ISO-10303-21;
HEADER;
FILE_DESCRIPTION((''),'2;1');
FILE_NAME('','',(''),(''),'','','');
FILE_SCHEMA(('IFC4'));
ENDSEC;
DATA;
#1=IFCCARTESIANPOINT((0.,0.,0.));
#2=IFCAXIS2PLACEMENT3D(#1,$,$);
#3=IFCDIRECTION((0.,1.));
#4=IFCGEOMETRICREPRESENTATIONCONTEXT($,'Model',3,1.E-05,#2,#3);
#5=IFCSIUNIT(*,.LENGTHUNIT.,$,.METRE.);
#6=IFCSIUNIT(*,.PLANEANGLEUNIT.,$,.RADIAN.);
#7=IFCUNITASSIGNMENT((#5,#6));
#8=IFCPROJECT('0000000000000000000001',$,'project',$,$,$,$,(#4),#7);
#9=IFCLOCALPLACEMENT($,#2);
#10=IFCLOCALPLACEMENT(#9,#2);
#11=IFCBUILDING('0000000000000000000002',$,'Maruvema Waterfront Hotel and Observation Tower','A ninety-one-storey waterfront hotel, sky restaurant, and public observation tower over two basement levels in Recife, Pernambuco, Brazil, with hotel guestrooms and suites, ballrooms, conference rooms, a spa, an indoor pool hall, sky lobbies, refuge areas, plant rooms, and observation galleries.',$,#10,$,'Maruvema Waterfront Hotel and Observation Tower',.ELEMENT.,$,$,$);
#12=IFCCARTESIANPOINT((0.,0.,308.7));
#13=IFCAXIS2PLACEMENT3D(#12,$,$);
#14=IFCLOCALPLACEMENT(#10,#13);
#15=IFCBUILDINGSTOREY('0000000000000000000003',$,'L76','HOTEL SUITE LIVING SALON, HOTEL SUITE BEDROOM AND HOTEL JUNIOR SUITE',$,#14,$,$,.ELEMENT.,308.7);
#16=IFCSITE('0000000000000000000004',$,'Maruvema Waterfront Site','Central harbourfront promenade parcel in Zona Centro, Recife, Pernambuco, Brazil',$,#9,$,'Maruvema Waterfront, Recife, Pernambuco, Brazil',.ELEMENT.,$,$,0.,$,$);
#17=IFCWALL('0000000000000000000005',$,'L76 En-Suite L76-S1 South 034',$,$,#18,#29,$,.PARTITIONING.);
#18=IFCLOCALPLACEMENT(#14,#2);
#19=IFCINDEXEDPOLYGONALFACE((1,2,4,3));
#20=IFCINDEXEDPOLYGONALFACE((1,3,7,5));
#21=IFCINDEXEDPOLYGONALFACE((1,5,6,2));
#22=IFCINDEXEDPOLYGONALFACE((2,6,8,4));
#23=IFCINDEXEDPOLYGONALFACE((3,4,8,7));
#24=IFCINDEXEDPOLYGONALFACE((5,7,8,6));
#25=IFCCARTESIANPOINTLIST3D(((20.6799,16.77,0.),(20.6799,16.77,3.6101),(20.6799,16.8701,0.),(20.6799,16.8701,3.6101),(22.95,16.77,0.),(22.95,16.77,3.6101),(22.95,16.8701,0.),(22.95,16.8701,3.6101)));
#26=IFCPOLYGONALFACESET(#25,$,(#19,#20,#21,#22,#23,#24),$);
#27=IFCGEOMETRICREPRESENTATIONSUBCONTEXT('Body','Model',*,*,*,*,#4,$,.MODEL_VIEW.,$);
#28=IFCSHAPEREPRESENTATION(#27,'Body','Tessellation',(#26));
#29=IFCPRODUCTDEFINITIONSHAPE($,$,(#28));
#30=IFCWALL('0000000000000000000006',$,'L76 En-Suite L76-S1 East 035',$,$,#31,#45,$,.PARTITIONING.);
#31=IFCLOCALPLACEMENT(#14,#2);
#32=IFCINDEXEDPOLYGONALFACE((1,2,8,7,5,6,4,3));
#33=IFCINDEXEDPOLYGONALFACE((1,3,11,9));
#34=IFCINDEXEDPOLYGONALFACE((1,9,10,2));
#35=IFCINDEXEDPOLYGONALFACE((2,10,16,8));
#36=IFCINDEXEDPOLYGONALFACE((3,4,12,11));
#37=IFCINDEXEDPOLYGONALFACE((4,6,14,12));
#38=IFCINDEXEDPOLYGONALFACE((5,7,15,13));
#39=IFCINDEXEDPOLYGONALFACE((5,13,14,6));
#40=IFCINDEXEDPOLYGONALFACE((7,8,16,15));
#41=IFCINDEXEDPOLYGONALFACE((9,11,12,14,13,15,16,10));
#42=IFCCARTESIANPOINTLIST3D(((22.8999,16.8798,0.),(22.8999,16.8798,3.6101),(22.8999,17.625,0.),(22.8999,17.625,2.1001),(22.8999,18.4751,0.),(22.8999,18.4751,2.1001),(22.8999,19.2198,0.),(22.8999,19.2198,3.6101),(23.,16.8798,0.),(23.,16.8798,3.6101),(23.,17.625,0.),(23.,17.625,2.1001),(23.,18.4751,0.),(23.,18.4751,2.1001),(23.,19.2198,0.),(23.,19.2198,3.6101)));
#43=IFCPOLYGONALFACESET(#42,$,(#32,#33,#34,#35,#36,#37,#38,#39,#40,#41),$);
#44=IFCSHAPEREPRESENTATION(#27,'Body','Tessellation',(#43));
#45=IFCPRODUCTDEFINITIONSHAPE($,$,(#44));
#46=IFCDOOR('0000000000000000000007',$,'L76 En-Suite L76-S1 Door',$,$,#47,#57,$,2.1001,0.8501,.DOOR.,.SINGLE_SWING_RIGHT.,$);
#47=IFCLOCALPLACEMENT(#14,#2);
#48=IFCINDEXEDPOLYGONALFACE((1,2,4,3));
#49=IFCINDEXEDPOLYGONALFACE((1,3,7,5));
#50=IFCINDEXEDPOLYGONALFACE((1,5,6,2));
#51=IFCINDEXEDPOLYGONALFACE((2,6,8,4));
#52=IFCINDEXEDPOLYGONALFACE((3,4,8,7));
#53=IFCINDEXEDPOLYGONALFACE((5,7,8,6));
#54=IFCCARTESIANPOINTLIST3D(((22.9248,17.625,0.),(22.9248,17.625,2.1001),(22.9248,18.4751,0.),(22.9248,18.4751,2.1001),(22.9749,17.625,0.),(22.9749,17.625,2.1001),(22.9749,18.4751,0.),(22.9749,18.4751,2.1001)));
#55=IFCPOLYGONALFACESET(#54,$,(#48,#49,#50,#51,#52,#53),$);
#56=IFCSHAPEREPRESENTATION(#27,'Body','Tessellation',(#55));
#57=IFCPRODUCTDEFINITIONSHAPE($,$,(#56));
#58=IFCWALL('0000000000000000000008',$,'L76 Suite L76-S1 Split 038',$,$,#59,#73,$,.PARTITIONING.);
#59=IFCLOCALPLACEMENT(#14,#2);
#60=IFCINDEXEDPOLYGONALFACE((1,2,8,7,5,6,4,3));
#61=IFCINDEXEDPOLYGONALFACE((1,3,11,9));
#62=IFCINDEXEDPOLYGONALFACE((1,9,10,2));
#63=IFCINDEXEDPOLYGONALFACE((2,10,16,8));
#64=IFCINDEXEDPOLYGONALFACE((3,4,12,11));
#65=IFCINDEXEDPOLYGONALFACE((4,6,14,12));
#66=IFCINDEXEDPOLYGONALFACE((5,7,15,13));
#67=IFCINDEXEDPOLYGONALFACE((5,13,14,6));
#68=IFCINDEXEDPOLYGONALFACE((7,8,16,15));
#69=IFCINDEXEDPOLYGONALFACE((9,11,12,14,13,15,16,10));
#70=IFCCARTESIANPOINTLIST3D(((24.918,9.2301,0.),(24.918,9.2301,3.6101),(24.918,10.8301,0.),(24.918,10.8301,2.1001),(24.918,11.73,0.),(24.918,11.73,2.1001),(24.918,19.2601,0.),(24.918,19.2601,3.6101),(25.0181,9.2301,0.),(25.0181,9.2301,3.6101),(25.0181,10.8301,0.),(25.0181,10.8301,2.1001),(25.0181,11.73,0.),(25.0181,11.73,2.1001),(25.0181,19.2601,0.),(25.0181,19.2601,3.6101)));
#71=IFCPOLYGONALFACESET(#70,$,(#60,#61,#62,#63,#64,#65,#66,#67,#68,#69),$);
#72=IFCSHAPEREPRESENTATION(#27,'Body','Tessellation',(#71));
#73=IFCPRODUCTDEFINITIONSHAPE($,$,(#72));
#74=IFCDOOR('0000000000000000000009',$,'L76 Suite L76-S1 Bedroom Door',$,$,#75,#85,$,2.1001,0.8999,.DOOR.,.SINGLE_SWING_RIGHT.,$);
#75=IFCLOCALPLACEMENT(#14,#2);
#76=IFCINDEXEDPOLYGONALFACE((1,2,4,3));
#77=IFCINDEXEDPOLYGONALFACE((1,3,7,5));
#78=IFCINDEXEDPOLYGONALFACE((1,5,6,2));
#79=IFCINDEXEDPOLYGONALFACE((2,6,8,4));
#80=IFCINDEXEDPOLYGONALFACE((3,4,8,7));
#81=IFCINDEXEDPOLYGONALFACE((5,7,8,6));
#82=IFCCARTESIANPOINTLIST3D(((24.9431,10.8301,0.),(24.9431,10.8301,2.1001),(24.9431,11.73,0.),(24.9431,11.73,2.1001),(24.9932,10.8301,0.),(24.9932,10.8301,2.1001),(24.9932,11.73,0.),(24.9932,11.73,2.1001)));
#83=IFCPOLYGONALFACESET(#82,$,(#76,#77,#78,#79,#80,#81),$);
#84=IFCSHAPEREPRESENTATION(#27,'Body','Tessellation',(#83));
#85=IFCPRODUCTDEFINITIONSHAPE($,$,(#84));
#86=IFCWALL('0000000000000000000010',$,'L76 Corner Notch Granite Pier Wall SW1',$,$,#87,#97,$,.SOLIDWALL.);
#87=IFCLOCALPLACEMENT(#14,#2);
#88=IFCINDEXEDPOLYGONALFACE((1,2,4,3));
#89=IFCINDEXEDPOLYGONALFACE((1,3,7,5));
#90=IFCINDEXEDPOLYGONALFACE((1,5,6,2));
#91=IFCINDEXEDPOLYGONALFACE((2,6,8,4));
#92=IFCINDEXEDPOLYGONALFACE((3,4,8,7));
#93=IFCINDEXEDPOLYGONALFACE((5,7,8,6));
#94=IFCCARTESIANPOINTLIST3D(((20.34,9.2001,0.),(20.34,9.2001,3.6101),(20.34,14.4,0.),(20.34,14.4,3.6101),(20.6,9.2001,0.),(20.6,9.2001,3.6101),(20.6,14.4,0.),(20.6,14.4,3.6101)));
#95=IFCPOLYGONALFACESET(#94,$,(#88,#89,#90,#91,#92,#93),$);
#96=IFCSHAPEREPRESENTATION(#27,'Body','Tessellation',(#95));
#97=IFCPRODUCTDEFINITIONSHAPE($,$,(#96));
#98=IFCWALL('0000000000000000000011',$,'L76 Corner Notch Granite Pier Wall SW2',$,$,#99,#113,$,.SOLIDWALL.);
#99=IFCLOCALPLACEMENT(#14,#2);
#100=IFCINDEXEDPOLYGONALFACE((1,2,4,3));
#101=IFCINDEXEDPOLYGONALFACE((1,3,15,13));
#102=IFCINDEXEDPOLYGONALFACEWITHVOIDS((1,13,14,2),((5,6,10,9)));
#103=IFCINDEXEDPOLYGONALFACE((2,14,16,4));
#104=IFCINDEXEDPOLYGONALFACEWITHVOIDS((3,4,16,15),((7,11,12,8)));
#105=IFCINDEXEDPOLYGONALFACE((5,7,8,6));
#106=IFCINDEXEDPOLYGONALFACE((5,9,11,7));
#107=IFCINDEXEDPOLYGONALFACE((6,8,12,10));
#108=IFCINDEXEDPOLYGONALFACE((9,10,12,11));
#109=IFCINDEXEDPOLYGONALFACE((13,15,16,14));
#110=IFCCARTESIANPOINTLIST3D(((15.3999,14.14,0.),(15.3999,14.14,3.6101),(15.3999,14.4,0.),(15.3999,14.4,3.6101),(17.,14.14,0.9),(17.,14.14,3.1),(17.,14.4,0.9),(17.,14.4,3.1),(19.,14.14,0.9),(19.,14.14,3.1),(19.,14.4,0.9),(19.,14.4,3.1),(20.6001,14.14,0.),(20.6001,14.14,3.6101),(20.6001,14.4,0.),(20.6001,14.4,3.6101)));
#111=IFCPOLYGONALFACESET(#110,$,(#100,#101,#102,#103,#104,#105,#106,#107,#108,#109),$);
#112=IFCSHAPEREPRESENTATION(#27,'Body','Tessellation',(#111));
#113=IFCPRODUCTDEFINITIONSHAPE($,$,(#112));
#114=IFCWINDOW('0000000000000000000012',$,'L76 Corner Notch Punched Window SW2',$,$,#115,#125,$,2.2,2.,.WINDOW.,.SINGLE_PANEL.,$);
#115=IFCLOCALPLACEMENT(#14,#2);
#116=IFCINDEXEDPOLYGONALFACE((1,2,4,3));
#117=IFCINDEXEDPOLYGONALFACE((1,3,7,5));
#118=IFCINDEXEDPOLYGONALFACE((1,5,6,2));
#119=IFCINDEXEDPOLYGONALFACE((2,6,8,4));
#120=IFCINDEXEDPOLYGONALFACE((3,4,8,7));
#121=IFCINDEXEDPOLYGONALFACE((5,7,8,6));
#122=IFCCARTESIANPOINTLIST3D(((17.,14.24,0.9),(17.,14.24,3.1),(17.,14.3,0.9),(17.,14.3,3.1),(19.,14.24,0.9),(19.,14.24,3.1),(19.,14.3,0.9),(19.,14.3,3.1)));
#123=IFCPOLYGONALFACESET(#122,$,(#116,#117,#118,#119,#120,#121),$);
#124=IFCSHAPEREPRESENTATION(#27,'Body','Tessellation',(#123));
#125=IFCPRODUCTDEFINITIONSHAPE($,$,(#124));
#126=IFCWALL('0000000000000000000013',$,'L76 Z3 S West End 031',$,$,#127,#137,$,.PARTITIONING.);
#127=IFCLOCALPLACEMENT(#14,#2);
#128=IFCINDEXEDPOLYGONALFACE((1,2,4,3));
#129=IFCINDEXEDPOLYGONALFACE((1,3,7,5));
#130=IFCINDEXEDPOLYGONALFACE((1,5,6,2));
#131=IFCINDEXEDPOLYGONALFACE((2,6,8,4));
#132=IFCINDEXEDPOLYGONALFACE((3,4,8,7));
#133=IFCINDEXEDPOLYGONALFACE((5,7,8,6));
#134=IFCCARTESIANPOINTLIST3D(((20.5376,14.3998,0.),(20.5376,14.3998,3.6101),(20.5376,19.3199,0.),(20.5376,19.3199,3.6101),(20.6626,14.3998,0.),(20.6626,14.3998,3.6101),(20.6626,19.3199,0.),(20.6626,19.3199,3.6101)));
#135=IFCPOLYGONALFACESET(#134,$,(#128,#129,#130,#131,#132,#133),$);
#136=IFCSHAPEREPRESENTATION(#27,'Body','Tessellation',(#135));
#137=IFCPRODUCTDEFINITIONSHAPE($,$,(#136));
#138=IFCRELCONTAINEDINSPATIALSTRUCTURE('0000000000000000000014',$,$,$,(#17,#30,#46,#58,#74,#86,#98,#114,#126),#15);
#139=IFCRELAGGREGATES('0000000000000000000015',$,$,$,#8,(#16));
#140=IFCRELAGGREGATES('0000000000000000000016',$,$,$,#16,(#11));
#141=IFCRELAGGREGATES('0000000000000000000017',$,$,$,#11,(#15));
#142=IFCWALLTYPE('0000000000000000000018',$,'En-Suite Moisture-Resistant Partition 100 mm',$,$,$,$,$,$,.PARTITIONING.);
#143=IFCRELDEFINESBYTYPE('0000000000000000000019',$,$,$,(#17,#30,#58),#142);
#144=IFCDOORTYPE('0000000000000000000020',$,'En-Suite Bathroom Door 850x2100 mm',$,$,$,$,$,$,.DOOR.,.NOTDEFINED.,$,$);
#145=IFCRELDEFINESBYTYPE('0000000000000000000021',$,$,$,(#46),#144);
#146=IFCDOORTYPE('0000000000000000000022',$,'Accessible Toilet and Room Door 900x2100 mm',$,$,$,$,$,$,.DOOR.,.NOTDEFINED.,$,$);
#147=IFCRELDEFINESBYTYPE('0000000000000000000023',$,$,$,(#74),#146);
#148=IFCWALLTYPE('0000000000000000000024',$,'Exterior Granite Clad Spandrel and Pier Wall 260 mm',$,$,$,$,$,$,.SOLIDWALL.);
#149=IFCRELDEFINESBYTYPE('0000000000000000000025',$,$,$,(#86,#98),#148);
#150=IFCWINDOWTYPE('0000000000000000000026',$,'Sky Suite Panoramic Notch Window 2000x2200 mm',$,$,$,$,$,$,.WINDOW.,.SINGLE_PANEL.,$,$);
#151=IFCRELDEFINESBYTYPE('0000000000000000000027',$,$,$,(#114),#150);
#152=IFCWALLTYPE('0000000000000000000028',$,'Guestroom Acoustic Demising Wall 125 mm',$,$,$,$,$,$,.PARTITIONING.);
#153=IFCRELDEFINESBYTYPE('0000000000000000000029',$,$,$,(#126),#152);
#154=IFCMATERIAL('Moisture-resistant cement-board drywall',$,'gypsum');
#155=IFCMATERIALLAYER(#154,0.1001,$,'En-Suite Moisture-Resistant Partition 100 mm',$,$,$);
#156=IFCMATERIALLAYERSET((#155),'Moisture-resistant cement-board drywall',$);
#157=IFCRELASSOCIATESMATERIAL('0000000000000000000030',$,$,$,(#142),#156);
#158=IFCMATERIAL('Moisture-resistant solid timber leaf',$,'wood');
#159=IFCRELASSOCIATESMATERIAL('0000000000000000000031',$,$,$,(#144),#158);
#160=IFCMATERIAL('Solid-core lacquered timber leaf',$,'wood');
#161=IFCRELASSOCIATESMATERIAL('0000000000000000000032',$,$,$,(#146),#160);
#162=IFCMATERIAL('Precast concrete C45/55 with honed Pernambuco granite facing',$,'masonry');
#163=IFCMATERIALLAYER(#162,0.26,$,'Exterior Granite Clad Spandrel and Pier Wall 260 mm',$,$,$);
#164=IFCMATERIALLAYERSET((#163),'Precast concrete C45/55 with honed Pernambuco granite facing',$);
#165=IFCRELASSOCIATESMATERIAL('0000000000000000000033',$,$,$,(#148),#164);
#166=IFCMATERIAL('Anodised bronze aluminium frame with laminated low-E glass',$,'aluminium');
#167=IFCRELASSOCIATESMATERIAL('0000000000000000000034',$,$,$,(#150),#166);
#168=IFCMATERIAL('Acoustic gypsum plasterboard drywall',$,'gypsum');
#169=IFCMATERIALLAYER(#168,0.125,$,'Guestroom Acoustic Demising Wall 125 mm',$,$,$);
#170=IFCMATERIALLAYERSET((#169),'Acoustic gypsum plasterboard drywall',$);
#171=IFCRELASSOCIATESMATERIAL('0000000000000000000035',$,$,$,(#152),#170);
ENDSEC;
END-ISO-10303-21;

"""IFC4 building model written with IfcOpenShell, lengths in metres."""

from ifc_helpers import new_model, si_unit, direction, frame, frame_2d, origin, place, context, subcontext, project, spatial, rectangle, extrude, material, layer, layer_set, type_object, element, fill, save


model = new_model("IFC4")

# Units and contexts
model_context = context("Model", 3, precision=1e-05, world=origin(), true_north=direction((0.0, 1.0)))
body_context = subcontext(model_context, "Body", "Model", "MODEL_VIEW")
ifc_project = project(units=[si_unit("LENGTHUNIT", "METRE"), si_unit("PLANEANGLEUNIT", "RADIAN")], contexts=[model_context])

# Site, building, storey
site_placement = place(None, origin())
site = spatial("IfcSite", under=ifc_project, at=site_placement, Name="Maruvema Waterfront Site", Description="Central harbourfront promenade parcel in Zona Centro, Recife, Pernambuco, Brazil", LongName="Maruvema Waterfront, Recife, Pernambuco, Brazil", CompositionType="ELEMENT", RefElevation=0.0)
building_placement = place(site_placement, origin())
building = spatial("IfcBuilding", under=site, at=building_placement, Name="Maruvema Waterfront Hotel and Observation Tower", Description="A ninety-one-storey waterfront hotel, sky restaurant, and public observation tower over two basement levels in Recife, Pernambuco, Brazil, with hotel guestrooms and suites, ballrooms, conference rooms, a spa, an indoor pool hall, sky lobbies, refuge areas, plant rooms, and observation galleries.", LongName="Maruvema Waterfront Hotel and Observation Tower", CompositionType="ELEMENT")
storey_placement = place(building_placement, frame((0.0, 0.0, 308.7)))
storey = spatial("IfcBuildingStorey", under=building, at=storey_placement, Name="L76", Description="HOTEL SUITE LIVING SALON, HOTEL SUITE BEDROOM AND HOTEL JUNIOR SUITE", CompositionType="ELEMENT", Elevation=308.7)

# Wall
ifc_material_1 = material(Name="Moisture-resistant cement-board drywall", Category="gypsum")
ifc_layer_1 = layer(ifc_material_1, 0.1001, Name="En-Suite Moisture-Resistant Partition 100 mm")
ifc_layer_set_1 = layer_set([ifc_layer_1], Name="Moisture-resistant cement-board drywall")
wall_type_1 = type_object("IfcWallType", Name="En-Suite Moisture-Resistant Partition 100 mm", PredefinedType="PARTITIONING", material=ifc_layer_set_1)
wall_1_placement = place(storey_placement, frame((20.6799, 16.8201, 0.0), z_axis=(0.0, 0.0, 1.0), x_axis=(1.0, 0.0, 0.0)))
element("IfcWall", 1, at=wall_1_placement, inside=storey, type_object=wall_type_1, Name="L76 En-Suite L76-S1 South 034", PredefinedType="PARTITIONING", context=body_context, shape_type="SweptSolid", body=[
    extrude(rectangle(XDim=2.27, YDim=0.1001, at=frame_2d((1.135, 0.0))), origin(), (0.0, 0.0, 1.0), 3.6101),
])

# Walls, openings, doors
wall_2_placement = place(storey_placement, frame((22.95, 16.8799, 0.0), z_axis=(0.0, 0.0, 1.0), x_axis=(0.0, 1.0, 0.0)))
wall_2 = element("IfcWall", 2, at=wall_2_placement, inside=storey, type_object=wall_type_1, Name="L76 En-Suite L76-S1 East 035", PredefinedType="PARTITIONING", context=body_context, shape_type="SweptSolid", body=[
    extrude(rectangle(XDim=2.3401, YDim=0.1001, at=frame_2d((1.1699, 0.0))), origin(), (0.0, 0.0, 1.0), 3.6101),
])
opening_1_placement = place(wall_2_placement, frame((0.7451, 0.0, 0.0)))
opening_1 = element("IfcOpeningElement", 3, at=opening_1_placement, cuts=wall_2, PredefinedType="OPENING", context=body_context, shape_type="SweptSolid", body=[
    extrude(rectangle(XDim=0.8501, YDim=2.1001, at=frame_2d((0.425, 1.05))), frame((0.0, 0.0601, 0.0), z_axis=(0.0, -1.0, 0.0), x_axis=(1.0, 0.0, 0.0)), (0.0, 0.0, 1.0), 0.1201),
])
ifc_material_2 = material(Name="Moisture-resistant solid timber leaf", Category="wood")
door_type_1 = type_object("IfcDoorType", Name="En-Suite Bathroom Door 850x2100 mm", OperationType="NOTDEFINED", PredefinedType="DOOR", material=ifc_material_2)
door_1_placement = place(opening_1_placement, frame((0.8501, 0.0, 0.0), z_axis=(0.0, 0.0, 1.0), x_axis=(-1.0, 0.0, 0.0)))
door_1 = element("IfcDoor", 4, at=door_1_placement, inside=storey, type_object=door_type_1, Name="L76 En-Suite L76-S1 Door", OperationType="SINGLE_SWING_RIGHT", OverallHeight=2.1001, OverallWidth=0.8501, PredefinedType="DOOR", context=body_context, shape_type="SweptSolid", body=[
    extrude(rectangle(XDim=0.8501, YDim=2.1001, at=frame_2d((0.425, 1.05))), frame((0.0, 0.0249, 0.0), z_axis=(0.0, -1.0, 0.0), x_axis=(1.0, 0.0, 0.0)), (0.0, 0.0, 1.0), 0.05),
])
fill(opening_1, door_1)
wall_3_placement = place(storey_placement, frame((24.968, 9.23, 0.0), z_axis=(0.0, 0.0, 1.0), x_axis=(0.0, 1.0, 0.0)))
wall_3 = element("IfcWall", 5, at=wall_3_placement, inside=storey, type_object=wall_type_1, Name="L76 Suite L76-S1 Split 038", PredefinedType="PARTITIONING", context=body_context, shape_type="SweptSolid", body=[
    extrude(rectangle(XDim=10.03, YDim=0.1001, at=frame_2d((5.0151, 0.0))), origin(), (0.0, 0.0, 1.0), 3.6101),
])
opening_2_placement = place(wall_3_placement, frame((1.6001, 0.0, 0.0)))
opening_2 = element("IfcOpeningElement", 6, at=opening_2_placement, cuts=wall_3, PredefinedType="OPENING", context=body_context, shape_type="SweptSolid", body=[
    extrude(rectangle(XDim=0.8999, YDim=2.1001, at=frame_2d((0.45, 1.05))), frame((0.0, 0.0601, 0.0), z_axis=(0.0, -1.0, 0.0), x_axis=(1.0, 0.0, 0.0)), (0.0, 0.0, 1.0), 0.1201),
])
ifc_material_3 = material(Name="Solid-core lacquered timber leaf", Category="wood")
door_type_2 = type_object("IfcDoorType", Name="Accessible Toilet and Room Door 900x2100 mm", OperationType="NOTDEFINED", PredefinedType="DOOR", material=ifc_material_3)
door_2_placement = place(opening_2_placement, origin())
door_2 = element("IfcDoor", 7, at=door_2_placement, inside=storey, type_object=door_type_2, Name="L76 Suite L76-S1 Bedroom Door", OperationType="SINGLE_SWING_RIGHT", OverallHeight=2.1001, OverallWidth=0.8999, PredefinedType="DOOR", context=body_context, shape_type="SweptSolid", body=[
    extrude(rectangle(XDim=0.8999, YDim=2.1001, at=frame_2d((0.45, 1.05))), frame((0.0, 0.0249, 0.0), z_axis=(0.0, -1.0, 0.0), x_axis=(1.0, 0.0, 0.0)), (0.0, 0.0, 1.0), 0.05),
])
fill(opening_2, door_2)

# Wall
ifc_material_4 = material(Name="Precast concrete C45/55 with honed Pernambuco granite facing", Category="masonry")
ifc_layer_2 = layer(ifc_material_4, 0.26, Name="Exterior Granite Clad Spandrel and Pier Wall 260 mm")
ifc_layer_set_2 = layer_set([ifc_layer_2], Name="Precast concrete C45/55 with honed Pernambuco granite facing")
wall_type_2 = type_object("IfcWallType", Name="Exterior Granite Clad Spandrel and Pier Wall 260 mm", PredefinedType="SOLIDWALL", material=ifc_layer_set_2)
wall_4_placement = place(storey_placement, frame((20.47, 9.2, 0.0), z_axis=(0.0, 0.0, 1.0), x_axis=(0.0, 1.0, 0.0)))
element("IfcWall", 8, at=wall_4_placement, inside=storey, type_object=wall_type_2, Name="L76 Corner Notch Granite Pier Wall SW1", PredefinedType="SOLIDWALL", context=body_context, shape_type="SweptSolid", body=[
    extrude(rectangle(XDim=5.2, YDim=0.26, at=frame_2d((2.6001, 0.0))), origin(), (0.0, 0.0, 1.0), 3.6101),
])

# Wall, opening, window
wall_5_placement = place(storey_placement, frame((20.6001, 14.27, 0.0), z_axis=(0.0, 0.0, 1.0), x_axis=(-1.0, 0.0, 0.0)))
wall_5 = element("IfcWall", 9, at=wall_5_placement, inside=storey, type_object=wall_type_2, Name="L76 Corner Notch Granite Pier Wall SW2", PredefinedType="SOLIDWALL", context=body_context, shape_type="SweptSolid", body=[
    extrude(rectangle(XDim=5.2002, YDim=0.26, at=frame_2d((2.6001, 0.0))), origin(), (0.0, 0.0, 1.0), 3.6101),
])
opening_3_placement = place(wall_5_placement, frame((1.6001, 0.0, 0.8999)))
opening_3 = element("IfcOpeningElement", 10, at=opening_3_placement, cuts=wall_5, PredefinedType="OPENING", context=body_context, shape_type="SweptSolid", body=[
    extrude(rectangle(XDim=2.0, YDim=2.2, at=frame_2d((1.0, 1.1001))), frame((0.0, 0.1401, 0.0), z_axis=(0.0, -1.0, 0.0), x_axis=(1.0, 0.0, 0.0)), (0.0, 0.0, 1.0), 0.28),
])
ifc_material_5 = material(Name="Anodised bronze aluminium frame with laminated low-E glass", Category="aluminium")
window_type = type_object("IfcWindowType", Name="Sky Suite Panoramic Notch Window 2000x2200 mm", PartitioningType="SINGLE_PANEL", PredefinedType="WINDOW", material=ifc_material_5)
window_placement = place(opening_3_placement, origin())
window = element("IfcWindow", 11, at=window_placement, inside=storey, type_object=window_type, Name="L76 Corner Notch Punched Window SW2", OverallHeight=2.2, OverallWidth=2.0, PartitioningType="SINGLE_PANEL", PredefinedType="WINDOW", context=body_context, shape_type="SweptSolid", body=[
    extrude(rectangle(XDim=2.0, YDim=2.2, at=frame_2d((1.0, 1.1001))), frame((0.0, 0.03, 0.0), z_axis=(0.0, -1.0, 0.0), x_axis=(1.0, 0.0, 0.0)), (0.0, 0.0, 1.0), 0.0601),
])
fill(opening_3, window)

# Wall
ifc_material_6 = material(Name="Acoustic gypsum plasterboard drywall", Category="gypsum")
ifc_layer_3 = layer(ifc_material_6, 0.125, Name="Guestroom Acoustic Demising Wall 125 mm")
ifc_layer_set_3 = layer_set([ifc_layer_3], Name="Acoustic gypsum plasterboard drywall")
wall_type_3 = type_object("IfcWallType", Name="Guestroom Acoustic Demising Wall 125 mm", PredefinedType="PARTITIONING", material=ifc_layer_set_3)
wall_6_placement = place(storey_placement, frame((20.6001, 14.3999, 0.0), z_axis=(0.0, 0.0, 1.0), x_axis=(0.0, 1.0, 0.0)))
element("IfcWall", 12, at=wall_6_placement, inside=storey, type_object=wall_type_3, Name="L76 Z3 S West End 031", PredefinedType="PARTITIONING", context=body_context, shape_type="SweptSolid", body=[
    extrude(rectangle(XDim=4.9202, YDim=0.125, at=frame_2d((2.46, 0.0))), origin(), (0.0, 0.0, 1.0), 3.6101),
])

save(model, "model.ifc")
